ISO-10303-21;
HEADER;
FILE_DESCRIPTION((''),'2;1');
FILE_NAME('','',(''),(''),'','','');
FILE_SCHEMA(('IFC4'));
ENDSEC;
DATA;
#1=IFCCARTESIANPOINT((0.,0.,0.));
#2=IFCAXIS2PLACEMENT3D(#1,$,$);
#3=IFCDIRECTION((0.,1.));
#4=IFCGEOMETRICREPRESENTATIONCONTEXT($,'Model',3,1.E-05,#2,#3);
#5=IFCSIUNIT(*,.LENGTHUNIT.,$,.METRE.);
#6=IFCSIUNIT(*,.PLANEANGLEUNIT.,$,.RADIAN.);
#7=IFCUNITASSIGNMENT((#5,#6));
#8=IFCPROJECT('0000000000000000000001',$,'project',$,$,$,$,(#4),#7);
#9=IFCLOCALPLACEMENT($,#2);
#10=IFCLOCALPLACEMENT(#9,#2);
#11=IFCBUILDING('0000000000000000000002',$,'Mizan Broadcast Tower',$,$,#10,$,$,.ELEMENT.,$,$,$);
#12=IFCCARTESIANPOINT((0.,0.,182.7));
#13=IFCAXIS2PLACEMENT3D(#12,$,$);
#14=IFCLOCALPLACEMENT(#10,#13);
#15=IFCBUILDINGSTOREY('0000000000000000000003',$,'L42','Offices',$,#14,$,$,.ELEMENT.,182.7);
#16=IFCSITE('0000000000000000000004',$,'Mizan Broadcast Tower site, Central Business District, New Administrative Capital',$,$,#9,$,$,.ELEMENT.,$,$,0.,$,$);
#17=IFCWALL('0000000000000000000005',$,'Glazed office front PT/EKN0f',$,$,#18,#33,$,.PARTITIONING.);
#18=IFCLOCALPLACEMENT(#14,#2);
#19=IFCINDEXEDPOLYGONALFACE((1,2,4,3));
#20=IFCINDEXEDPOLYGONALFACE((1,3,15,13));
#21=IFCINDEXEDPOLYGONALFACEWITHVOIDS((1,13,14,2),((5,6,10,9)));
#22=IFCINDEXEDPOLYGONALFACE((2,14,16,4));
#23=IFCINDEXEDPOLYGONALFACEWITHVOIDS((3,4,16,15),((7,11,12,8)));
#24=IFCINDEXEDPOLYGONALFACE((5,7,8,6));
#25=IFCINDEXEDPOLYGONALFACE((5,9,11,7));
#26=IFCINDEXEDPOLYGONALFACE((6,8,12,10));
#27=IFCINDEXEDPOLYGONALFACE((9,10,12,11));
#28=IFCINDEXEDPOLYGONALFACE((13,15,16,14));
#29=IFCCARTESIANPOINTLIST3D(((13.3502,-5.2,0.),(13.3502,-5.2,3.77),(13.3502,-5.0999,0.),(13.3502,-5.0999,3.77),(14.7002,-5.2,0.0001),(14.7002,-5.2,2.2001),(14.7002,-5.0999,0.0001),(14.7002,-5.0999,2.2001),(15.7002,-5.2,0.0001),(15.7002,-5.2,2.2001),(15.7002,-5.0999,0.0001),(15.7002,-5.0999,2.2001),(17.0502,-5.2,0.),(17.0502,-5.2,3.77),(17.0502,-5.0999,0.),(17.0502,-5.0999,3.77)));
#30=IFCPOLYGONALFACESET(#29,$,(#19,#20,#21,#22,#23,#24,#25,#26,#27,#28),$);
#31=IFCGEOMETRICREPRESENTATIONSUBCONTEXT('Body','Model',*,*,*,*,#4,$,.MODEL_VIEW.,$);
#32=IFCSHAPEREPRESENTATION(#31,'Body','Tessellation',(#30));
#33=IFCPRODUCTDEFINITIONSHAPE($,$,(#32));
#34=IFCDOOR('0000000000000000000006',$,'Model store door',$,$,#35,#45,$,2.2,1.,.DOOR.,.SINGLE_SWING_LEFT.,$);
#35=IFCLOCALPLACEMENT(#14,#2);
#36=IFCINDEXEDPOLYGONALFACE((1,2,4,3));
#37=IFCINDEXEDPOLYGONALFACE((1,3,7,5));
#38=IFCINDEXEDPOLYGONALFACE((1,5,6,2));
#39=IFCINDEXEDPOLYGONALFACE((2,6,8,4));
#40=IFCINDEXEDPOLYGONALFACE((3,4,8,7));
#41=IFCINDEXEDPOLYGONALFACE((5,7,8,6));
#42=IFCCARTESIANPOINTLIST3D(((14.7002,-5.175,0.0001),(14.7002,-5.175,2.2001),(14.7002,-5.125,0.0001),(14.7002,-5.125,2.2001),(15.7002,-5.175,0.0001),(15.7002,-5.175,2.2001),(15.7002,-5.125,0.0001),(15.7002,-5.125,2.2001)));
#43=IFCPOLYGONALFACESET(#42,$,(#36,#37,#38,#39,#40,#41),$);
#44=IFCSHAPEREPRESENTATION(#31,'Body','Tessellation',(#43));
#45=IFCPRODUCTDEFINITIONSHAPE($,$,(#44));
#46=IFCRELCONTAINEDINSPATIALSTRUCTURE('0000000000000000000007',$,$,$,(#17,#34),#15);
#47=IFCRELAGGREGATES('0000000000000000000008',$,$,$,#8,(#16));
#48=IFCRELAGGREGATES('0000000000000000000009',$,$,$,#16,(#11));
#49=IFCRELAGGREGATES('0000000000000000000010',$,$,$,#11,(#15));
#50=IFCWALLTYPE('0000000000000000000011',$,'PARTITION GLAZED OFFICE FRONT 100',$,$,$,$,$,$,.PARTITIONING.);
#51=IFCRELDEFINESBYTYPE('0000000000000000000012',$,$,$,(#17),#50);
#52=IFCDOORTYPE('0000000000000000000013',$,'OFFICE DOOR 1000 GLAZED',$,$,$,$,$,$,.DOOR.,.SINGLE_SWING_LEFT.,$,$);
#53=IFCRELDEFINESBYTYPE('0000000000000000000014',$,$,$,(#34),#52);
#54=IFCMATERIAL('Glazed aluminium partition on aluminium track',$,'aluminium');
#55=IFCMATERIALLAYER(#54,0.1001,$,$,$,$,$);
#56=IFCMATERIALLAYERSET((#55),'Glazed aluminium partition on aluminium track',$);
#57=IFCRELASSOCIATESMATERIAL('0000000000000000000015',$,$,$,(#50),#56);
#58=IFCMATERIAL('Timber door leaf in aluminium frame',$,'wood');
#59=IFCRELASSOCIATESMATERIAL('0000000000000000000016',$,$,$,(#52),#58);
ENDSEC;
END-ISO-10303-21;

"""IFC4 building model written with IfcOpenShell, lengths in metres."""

from ifc_helpers import new_model, si_unit, direction, frame, frame_2d, origin, place, context, subcontext, project, spatial, rectangle, extrude, material, layer, layer_set, type_object, element, fill, save


model = new_model("IFC4")

# Units and contexts
model_context = context("Model", 3, precision=1e-05, world=origin(), true_north=direction((0.0, 1.0)))
body_context = subcontext(model_context, "Body", "Model", "MODEL_VIEW")
ifc_project = project(units=[si_unit("LENGTHUNIT", "METRE"), si_unit("PLANEANGLEUNIT", "RADIAN")], contexts=[model_context])

# Site, building, storey
site_placement = place(None, origin())
site = spatial("IfcSite", under=ifc_project, at=site_placement, Name="Mizan Broadcast Tower site, Central Business District, New Administrative Capital", CompositionType="ELEMENT", RefElevation=0.0)
building_placement = place(site_placement, origin())
building = spatial("IfcBuilding", under=site, at=building_placement, Name="Mizan Broadcast Tower", CompositionType="ELEMENT")
storey_placement = place(building_placement, frame((0.0, 0.0, 182.7)))
storey = spatial("IfcBuildingStorey", under=building, at=storey_placement, Name="L42", Description="Offices", CompositionType="ELEMENT", Elevation=182.7)

# Shared definitions
ifc_material_1 = material(Name="Glazed aluminium partition on aluminium track", Category="aluminium")
ifc_layer_1 = layer(ifc_material_1, 0.1001)
ifc_layer_set_1 = layer_set([ifc_layer_1], Name="Glazed aluminium partition on aluminium track")
wall_type_1 = type_object("IfcWallType", Name="PARTITION GLAZED OFFICE FRONT 100", PredefinedType="PARTITIONING", material=ifc_layer_set_1)

# Wall, opening, door
wall_1_placement = place(storey_placement, frame((13.3501, -5.1499, 0.0), z_axis=(0.0, 0.0, 1.0), x_axis=(1.0, 0.0, 0.0)))
wall_1 = element("IfcWall", 1, at=wall_1_placement, inside=storey, type_object=wall_type_1, Name="Glazed office front PT/EKN0f", PredefinedType="PARTITIONING", context=body_context, shape_type="SweptSolid", body=[
    extrude(rectangle(XDim=3.7, YDim=0.1001, at=frame_2d((1.8501, 0.0))), origin(), (0.0, 0.0, 1.0), 3.77),
])
opening_1_placement = place(wall_1_placement, frame((1.3501, 0.0, 0.0)))
opening_1 = element("IfcOpeningElement", 2, at=opening_1_placement, cuts=wall_1, PredefinedType="OPENING", context=body_context, shape_type="SweptSolid", body=[
    extrude(rectangle(XDim=1.0, YDim=2.2, at=frame_2d((0.5, 1.1001))), frame((0.0, 0.0601, 0.0), z_axis=(0.0, -1.0, 0.0), x_axis=(1.0, 0.0, 0.0)), (0.0, 0.0, 1.0), 0.1201),
])
ifc_material_2 = material(Name="Timber door leaf in aluminium frame", Category="wood")
door_type_1 = type_object("IfcDoorType", Name="OFFICE DOOR 1000 GLAZED", OperationType="SINGLE_SWING_LEFT", PredefinedType="DOOR", material=ifc_material_2)
door_1_placement = place(opening_1_placement, origin())
door_1 = element("IfcDoor", 3, at=door_1_placement, inside=storey, type_object=door_type_1, Name="Model store door", OperationType="SINGLE_SWING_LEFT", OverallHeight=2.2, OverallWidth=1.0, PredefinedType="DOOR", context=body_context, shape_type="SweptSolid", body=[
    extrude(rectangle(XDim=1.0, YDim=2.2, at=frame_2d((0.5, 1.1001))), frame((0.0, 0.0249, 0.0), z_axis=(0.0, -1.0, 0.0), x_axis=(1.0, 0.0, 0.0)), (0.0, 0.0, 1.0), 0.05),
])
fill(opening_1, door_1)

save(model, "model.ifc")
